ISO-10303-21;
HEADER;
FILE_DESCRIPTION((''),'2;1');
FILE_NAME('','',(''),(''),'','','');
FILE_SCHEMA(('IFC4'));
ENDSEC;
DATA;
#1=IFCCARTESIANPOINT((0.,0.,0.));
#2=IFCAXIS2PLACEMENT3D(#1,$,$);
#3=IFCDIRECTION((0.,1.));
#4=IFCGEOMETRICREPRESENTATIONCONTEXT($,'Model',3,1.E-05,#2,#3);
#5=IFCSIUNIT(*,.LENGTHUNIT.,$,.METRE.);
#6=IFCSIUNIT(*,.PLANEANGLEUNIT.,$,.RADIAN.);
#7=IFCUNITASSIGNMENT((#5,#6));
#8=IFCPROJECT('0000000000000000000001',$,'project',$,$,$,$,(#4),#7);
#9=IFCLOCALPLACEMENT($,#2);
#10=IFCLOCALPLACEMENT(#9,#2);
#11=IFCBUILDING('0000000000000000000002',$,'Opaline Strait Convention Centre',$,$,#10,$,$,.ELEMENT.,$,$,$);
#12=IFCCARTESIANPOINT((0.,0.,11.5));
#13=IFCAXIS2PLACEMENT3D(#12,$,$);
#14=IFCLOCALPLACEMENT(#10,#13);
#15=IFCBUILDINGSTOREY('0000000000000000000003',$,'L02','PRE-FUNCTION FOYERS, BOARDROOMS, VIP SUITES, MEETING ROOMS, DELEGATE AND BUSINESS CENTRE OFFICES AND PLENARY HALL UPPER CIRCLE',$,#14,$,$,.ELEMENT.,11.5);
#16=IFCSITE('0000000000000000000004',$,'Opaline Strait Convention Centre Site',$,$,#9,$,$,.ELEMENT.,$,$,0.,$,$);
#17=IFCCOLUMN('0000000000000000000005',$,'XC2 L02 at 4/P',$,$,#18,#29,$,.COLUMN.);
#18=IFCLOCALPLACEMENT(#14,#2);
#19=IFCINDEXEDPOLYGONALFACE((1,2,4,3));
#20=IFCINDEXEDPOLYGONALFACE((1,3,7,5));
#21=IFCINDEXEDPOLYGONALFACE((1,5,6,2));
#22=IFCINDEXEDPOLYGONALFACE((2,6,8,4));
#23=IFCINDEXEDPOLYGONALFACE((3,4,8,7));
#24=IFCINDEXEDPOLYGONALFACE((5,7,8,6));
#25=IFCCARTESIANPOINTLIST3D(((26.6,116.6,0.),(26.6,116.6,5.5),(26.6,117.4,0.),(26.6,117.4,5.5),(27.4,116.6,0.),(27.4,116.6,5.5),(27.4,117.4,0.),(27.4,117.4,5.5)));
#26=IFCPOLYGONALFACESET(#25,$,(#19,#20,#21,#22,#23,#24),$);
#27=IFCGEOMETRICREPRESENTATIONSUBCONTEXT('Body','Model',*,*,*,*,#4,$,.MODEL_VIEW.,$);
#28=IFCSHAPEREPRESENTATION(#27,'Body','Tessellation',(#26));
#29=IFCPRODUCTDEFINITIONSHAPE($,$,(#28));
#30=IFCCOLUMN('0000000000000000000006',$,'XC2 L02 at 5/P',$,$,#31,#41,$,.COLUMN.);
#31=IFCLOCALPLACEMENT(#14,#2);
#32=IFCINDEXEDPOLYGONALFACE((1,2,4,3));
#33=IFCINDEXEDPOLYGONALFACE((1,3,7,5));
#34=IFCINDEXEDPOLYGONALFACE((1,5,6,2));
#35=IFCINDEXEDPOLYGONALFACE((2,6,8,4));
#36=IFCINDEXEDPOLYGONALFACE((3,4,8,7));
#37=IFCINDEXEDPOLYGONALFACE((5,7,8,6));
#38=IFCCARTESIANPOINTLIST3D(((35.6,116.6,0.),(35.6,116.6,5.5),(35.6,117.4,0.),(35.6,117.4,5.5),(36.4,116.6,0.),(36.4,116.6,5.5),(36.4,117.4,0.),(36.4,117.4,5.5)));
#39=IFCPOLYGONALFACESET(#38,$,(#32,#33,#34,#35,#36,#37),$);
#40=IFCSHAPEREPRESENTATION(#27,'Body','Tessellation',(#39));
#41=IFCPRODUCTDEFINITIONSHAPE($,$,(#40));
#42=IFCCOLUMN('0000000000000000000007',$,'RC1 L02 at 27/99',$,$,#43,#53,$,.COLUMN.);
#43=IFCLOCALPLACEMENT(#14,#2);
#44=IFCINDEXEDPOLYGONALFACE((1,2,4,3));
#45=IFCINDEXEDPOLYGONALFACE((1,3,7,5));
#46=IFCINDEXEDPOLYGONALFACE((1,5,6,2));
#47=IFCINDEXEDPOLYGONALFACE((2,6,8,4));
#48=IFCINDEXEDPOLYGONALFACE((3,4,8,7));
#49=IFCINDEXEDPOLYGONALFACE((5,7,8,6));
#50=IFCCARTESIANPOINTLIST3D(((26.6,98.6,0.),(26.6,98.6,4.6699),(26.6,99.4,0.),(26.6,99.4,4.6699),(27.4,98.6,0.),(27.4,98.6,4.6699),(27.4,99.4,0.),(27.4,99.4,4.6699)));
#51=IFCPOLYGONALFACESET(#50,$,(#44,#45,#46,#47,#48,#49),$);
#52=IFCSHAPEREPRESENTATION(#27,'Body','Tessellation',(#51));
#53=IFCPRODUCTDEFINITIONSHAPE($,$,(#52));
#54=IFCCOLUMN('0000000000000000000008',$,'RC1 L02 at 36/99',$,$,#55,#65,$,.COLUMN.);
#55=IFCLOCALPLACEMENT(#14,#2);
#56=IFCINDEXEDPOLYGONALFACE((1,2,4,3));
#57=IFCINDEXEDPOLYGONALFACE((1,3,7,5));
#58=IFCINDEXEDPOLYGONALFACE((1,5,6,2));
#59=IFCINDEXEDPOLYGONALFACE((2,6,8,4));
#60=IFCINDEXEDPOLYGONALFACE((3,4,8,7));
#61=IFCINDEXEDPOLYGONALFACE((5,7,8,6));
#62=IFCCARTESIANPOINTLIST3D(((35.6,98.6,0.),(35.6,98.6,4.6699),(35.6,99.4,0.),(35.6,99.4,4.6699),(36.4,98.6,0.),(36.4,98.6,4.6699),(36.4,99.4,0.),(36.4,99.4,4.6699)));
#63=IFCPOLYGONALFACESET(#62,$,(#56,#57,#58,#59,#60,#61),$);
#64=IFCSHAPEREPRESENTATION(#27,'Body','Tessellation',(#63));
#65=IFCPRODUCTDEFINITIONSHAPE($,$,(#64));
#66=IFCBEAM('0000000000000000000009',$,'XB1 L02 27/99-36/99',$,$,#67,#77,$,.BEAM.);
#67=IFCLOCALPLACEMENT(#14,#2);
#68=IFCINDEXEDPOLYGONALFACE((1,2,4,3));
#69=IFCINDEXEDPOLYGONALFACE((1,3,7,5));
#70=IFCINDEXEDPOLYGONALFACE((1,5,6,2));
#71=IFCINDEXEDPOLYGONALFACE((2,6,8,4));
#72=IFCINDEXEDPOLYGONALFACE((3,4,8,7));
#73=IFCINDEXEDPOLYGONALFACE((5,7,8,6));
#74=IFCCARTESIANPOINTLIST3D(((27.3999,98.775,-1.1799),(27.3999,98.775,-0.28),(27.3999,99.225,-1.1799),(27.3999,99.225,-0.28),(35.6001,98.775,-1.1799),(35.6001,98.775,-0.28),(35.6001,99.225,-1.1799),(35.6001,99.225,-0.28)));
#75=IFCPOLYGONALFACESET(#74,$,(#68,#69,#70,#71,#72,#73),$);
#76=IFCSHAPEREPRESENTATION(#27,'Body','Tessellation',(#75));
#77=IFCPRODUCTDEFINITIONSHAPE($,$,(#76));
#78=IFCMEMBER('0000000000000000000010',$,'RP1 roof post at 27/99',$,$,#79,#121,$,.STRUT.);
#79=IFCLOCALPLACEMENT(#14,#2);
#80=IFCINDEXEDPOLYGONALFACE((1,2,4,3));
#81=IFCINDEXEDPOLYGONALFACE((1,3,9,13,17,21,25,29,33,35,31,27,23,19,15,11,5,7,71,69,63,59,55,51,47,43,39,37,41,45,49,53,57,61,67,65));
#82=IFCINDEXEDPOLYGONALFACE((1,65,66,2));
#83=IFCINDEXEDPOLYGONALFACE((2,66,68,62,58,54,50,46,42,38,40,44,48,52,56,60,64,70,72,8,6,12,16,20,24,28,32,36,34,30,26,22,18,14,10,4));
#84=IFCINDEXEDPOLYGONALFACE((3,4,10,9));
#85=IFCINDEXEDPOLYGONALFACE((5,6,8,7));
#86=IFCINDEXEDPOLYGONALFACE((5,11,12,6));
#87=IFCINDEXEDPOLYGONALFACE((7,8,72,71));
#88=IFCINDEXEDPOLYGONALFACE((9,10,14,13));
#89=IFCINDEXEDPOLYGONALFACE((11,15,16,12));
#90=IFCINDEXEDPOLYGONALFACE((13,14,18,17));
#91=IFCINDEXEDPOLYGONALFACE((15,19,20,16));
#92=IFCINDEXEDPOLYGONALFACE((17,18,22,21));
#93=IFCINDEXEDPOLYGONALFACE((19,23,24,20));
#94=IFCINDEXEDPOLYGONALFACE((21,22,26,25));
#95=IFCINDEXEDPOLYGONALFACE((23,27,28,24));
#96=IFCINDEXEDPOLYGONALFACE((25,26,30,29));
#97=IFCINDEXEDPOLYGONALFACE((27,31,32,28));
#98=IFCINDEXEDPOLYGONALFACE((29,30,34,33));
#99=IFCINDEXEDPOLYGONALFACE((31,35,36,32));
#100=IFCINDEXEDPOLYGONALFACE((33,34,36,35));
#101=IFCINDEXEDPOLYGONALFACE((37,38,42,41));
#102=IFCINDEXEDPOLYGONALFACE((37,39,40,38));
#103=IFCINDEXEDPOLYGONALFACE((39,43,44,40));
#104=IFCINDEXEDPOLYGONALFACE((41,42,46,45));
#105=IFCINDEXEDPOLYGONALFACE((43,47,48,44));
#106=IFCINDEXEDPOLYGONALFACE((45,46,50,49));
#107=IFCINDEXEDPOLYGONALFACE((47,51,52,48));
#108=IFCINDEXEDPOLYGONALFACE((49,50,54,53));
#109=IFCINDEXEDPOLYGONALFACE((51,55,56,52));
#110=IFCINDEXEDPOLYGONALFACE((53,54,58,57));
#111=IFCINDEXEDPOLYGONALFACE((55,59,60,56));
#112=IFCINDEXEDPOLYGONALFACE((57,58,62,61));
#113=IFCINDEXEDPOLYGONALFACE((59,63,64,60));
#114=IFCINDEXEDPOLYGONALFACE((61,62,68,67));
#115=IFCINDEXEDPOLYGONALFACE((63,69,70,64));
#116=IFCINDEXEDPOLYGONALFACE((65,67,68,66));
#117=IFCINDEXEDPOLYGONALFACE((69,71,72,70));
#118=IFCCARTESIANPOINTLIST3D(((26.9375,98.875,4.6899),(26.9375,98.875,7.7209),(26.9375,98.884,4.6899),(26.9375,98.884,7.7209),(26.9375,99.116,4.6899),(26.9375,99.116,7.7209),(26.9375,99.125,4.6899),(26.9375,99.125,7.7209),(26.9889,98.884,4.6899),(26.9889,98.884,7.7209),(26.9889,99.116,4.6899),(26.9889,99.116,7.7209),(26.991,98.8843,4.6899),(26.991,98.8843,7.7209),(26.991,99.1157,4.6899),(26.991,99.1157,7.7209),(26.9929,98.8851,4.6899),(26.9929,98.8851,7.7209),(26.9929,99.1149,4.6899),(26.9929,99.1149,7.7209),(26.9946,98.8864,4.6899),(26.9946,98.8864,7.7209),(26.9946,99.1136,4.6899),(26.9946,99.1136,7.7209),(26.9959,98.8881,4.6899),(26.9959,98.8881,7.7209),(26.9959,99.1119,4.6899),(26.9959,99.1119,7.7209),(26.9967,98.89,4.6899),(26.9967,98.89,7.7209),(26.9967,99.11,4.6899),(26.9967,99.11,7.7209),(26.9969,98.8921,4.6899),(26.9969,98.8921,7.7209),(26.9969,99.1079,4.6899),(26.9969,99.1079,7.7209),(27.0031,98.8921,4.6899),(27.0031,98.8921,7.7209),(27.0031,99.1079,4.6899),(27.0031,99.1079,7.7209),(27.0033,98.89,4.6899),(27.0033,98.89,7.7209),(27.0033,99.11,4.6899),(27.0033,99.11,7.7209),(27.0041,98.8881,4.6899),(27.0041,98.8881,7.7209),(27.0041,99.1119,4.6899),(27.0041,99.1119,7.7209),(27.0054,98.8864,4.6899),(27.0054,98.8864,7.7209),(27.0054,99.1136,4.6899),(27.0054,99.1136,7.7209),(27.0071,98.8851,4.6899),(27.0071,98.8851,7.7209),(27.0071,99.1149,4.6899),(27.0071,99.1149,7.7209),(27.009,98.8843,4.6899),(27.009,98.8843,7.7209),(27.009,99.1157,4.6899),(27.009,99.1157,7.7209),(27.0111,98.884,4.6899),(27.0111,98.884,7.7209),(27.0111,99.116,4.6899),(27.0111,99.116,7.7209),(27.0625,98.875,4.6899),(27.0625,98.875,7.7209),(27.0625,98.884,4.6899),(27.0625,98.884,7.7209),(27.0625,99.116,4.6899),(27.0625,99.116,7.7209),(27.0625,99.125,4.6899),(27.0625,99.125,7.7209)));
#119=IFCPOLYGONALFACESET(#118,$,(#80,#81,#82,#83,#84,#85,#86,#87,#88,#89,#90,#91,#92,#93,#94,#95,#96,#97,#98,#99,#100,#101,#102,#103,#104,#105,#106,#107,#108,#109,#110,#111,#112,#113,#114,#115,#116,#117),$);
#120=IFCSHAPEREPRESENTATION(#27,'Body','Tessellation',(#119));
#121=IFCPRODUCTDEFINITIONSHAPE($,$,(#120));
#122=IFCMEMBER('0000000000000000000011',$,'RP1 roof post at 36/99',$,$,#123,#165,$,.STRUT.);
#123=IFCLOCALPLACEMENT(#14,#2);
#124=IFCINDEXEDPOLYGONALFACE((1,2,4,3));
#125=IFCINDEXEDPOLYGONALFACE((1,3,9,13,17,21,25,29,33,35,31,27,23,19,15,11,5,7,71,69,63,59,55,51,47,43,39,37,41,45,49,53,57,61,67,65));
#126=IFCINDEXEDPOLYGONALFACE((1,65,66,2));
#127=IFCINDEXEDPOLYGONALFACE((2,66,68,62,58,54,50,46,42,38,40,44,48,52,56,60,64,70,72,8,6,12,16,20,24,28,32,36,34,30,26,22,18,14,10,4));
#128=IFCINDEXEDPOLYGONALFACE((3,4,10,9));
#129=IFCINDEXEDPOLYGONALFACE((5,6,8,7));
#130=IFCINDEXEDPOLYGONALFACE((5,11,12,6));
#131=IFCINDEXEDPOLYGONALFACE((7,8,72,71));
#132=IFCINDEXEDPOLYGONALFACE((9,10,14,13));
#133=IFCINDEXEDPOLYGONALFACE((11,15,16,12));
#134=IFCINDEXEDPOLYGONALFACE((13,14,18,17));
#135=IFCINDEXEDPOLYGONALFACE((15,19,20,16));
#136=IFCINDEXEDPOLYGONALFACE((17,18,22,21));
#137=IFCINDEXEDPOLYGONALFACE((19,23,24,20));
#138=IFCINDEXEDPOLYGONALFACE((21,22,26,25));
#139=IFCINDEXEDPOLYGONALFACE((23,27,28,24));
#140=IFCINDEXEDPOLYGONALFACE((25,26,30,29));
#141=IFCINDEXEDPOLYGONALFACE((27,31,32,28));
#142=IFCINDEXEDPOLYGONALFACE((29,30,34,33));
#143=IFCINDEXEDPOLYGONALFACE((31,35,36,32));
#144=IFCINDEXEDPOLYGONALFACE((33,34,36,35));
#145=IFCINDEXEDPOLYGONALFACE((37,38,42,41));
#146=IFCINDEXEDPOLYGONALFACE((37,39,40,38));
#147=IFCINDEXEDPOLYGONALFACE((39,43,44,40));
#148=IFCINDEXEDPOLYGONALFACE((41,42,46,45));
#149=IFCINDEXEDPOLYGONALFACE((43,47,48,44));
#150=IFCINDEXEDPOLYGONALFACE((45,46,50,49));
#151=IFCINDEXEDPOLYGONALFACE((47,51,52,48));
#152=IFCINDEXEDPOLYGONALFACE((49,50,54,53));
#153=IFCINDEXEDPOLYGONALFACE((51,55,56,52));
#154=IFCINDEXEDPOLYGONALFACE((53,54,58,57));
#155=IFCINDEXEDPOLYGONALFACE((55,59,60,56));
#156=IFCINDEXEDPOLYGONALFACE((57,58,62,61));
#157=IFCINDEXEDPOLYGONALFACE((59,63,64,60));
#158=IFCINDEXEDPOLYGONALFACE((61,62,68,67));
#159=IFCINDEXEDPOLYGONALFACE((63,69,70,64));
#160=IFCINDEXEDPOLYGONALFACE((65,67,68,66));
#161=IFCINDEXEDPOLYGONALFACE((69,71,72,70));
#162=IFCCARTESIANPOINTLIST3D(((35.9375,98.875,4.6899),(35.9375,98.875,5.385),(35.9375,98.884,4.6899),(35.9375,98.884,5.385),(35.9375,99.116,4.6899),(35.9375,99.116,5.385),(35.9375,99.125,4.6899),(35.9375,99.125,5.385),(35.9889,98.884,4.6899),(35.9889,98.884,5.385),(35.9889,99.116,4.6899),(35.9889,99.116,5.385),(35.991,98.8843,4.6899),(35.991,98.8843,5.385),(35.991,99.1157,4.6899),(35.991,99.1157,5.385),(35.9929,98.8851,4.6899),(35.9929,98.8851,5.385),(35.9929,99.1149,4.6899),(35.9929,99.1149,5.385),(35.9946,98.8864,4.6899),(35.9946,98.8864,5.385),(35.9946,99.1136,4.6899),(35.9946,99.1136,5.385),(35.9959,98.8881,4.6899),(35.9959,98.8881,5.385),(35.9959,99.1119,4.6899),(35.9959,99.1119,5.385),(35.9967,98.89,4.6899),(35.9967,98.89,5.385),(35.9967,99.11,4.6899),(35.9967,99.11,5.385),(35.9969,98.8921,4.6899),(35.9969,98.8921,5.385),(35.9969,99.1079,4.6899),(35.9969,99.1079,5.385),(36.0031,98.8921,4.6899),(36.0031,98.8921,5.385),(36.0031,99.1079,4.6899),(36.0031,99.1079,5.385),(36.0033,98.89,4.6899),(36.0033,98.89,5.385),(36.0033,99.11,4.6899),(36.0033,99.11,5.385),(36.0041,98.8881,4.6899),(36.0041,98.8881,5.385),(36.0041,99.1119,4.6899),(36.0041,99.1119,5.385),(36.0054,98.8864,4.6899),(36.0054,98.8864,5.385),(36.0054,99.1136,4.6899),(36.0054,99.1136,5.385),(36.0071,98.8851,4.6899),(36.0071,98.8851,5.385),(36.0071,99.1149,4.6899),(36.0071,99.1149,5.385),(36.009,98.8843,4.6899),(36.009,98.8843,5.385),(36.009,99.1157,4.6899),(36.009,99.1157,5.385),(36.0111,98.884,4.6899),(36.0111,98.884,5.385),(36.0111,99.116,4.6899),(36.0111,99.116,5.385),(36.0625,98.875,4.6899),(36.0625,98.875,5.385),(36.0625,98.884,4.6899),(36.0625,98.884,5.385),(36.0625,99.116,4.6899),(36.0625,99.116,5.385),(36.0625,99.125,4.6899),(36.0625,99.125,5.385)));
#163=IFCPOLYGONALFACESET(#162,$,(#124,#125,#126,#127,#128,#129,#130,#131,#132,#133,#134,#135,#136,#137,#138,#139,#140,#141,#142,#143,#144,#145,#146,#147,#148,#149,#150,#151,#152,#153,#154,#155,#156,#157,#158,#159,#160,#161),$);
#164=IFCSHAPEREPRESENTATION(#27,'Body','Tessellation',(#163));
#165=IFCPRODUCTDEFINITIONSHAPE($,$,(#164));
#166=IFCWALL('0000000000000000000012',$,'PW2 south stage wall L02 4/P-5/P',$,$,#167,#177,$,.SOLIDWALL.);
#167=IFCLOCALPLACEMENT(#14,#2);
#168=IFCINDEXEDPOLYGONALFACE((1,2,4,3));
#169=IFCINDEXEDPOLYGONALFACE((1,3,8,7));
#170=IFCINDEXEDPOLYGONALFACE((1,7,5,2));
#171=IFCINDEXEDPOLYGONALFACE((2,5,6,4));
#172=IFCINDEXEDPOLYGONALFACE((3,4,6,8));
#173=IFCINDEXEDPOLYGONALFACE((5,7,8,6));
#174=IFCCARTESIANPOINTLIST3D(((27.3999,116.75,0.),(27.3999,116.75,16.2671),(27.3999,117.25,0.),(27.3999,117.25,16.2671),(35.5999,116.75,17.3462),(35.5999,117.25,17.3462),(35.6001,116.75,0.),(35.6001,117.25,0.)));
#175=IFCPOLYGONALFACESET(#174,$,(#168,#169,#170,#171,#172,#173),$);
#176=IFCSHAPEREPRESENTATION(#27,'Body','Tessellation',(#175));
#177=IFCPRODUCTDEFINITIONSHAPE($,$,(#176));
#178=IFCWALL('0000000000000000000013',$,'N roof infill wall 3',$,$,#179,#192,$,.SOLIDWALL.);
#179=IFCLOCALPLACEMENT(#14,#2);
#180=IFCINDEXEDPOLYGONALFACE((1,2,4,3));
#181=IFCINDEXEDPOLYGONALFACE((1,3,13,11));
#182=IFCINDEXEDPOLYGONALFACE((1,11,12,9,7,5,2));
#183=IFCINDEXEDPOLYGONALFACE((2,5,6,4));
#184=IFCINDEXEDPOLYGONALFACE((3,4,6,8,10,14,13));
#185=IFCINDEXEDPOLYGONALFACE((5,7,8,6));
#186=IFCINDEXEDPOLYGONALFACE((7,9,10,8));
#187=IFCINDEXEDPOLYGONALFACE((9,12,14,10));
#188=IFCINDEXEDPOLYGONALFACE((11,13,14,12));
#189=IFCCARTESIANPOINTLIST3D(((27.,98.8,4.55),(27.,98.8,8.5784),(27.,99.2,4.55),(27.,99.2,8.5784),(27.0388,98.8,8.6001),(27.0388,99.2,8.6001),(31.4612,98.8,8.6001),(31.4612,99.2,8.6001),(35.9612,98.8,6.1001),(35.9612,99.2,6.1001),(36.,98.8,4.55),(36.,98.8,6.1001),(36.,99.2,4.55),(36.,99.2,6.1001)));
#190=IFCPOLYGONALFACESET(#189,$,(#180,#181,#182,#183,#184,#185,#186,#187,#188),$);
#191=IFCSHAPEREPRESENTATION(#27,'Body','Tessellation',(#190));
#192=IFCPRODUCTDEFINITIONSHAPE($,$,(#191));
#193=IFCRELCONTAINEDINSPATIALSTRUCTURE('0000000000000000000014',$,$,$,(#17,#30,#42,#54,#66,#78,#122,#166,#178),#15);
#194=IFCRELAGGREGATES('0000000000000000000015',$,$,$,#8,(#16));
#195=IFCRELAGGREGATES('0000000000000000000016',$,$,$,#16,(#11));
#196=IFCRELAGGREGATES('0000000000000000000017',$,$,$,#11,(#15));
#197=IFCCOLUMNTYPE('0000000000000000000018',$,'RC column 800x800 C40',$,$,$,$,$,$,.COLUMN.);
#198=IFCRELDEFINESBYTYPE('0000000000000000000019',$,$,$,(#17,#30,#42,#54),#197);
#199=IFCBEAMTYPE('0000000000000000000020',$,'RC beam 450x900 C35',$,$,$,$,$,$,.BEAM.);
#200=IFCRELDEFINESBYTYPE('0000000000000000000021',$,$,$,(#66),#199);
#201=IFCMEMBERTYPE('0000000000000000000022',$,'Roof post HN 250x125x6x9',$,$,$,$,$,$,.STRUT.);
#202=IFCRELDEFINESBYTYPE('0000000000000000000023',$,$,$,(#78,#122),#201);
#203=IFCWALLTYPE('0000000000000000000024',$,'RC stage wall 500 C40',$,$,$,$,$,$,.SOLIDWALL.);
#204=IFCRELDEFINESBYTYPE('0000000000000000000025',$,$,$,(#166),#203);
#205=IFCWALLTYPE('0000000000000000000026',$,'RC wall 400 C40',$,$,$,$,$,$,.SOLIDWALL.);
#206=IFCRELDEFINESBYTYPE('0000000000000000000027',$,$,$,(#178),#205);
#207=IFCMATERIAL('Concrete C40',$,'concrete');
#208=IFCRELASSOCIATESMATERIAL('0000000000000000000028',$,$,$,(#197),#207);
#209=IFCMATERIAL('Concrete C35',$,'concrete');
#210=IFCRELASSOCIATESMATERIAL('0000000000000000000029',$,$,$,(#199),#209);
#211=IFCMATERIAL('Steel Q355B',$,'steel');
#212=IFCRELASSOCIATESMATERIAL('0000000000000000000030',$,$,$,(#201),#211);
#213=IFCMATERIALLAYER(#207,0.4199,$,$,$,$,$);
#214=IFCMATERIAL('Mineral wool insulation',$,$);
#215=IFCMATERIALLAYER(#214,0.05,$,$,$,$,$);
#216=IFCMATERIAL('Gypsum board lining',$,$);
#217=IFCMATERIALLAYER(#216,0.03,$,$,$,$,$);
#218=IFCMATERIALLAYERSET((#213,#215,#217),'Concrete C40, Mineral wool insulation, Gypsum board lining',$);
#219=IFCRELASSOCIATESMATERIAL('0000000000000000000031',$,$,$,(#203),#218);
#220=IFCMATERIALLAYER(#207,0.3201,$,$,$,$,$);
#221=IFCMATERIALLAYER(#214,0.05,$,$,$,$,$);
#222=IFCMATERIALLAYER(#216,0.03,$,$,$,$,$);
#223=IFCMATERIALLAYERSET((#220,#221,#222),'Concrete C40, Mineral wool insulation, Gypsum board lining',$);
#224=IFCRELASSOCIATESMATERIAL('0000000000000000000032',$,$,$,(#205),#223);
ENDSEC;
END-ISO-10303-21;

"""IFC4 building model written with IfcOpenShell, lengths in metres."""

from ifc_helpers import new_model, si_unit, direction, frame, origin, origin_2d, place, context, subcontext, project, spatial, polyline, rectangle, i_section, outline, extrude, material, layer, layer_set, material_profile, profile_set, type_object, element, save


model = new_model("IFC4")

# Units and contexts
model_context = context("Model", 3, precision=1e-05, world=origin(), true_north=direction((0.0, 1.0)))
body_context = subcontext(model_context, "Body", "Model", "MODEL_VIEW")
ifc_project = project(units=[si_unit("LENGTHUNIT", "METRE"), si_unit("PLANEANGLEUNIT", "RADIAN")], contexts=[model_context])

# Site, building, storey
site_placement = place(None, origin())
site = spatial("IfcSite", under=ifc_project, at=site_placement, Name="Opaline Strait Convention Centre Site", CompositionType="ELEMENT", RefElevation=0.0)
building_placement = place(site_placement, origin())
building = spatial("IfcBuilding", under=site, at=building_placement, Name="Opaline Strait Convention Centre", CompositionType="ELEMENT")
storey_placement = place(building_placement, frame((0.0, 0.0, 11.5)))
storey = spatial("IfcBuildingStorey", under=building, at=storey_placement, Name="L02", Description="PRE-FUNCTION FOYERS, BOARDROOMS, VIP SUITES, MEETING ROOMS, DELEGATE AND BUSINESS CENTRE OFFICES AND PLENARY HALL UPPER CIRCLE", CompositionType="ELEMENT", Elevation=11.5)

# Columns
ifc_material_1 = material(Name="Concrete C40", Category="concrete")
ifc_material_profile_1 = material_profile(ifc_material_1, rectangle(XDim=0.8, YDim=0.8, at=origin_2d()), Name="RC 800x800")
ifc_profile_set_1 = profile_set([ifc_material_profile_1], Name="Concrete C40")
column_type = type_object("IfcColumnType", Name="RC column 800x800 C40", PredefinedType="COLUMN", material=ifc_profile_set_1)
for number, where, z_axis, x_axis, name in (
    (1, (27.0, 117.0, 0.0), (0.0, 0.0, 1.0), (1.0, 0.0, 0.0), "XC2 L02 at 4/P"),
    (2, (36.0, 117.0, 0.0), (0.0, 0.0, 1.0), (1.0, 0.0, 0.0), "XC2 L02 at 5/P"),
):
    element("IfcColumn", number, at=place(storey_placement, frame(where, z_axis=z_axis, x_axis=x_axis)), inside=storey, type_object=column_type, Name=name, PredefinedType="COLUMN", context=body_context, shape_type="SweptSolid", body=[
        extrude(rectangle(XDim=0.8, YDim=0.8, at=origin_2d()), origin(), (0.0, 0.0, 1.0), 5.5),
    ])
for number, where, z_axis, x_axis, name in (
    (3, (27.0, 99.0, 0.0), (0.0, 0.0, 1.0), (1.0, 0.0, 0.0), "RC1 L02 at 27/99"),
    (4, (36.0, 99.0, 0.0), (0.0, 0.0, 1.0), (1.0, 0.0, 0.0), "RC1 L02 at 36/99"),
):
    element("IfcColumn", number, at=place(storey_placement, frame(where, z_axis=z_axis, x_axis=x_axis)), inside=storey, type_object=column_type, Name=name, PredefinedType="COLUMN", context=body_context, shape_type="SweptSolid", body=[
        extrude(rectangle(XDim=0.8, YDim=0.8, at=origin_2d()), origin(), (0.0, 0.0, 1.0), 4.6699),
    ])

# Beam
ifc_material_2 = material(Name="Concrete C35", Category="concrete")
ifc_material_profile_2 = material_profile(ifc_material_2, rectangle(XDim=0.45, YDim=0.8999, at=origin_2d()), Name="RC 450x900")
ifc_profile_set_2 = profile_set([ifc_material_profile_2], Name="Concrete C35")
beam_type = type_object("IfcBeamType", Name="RC beam 450x900 C35", PredefinedType="BEAM", material=ifc_profile_set_2)
beam_placement = place(storey_placement, frame((27.3999, 99.0, -0.73), z_axis=(1.0, 0.0, 0.0), x_axis=(0.0, 1.0, 0.0)))
element("IfcBeam", 5, at=beam_placement, inside=storey, type_object=beam_type, Name="XB1 L02 27/99-36/99", PredefinedType="BEAM", context=body_context, shape_type="SweptSolid", body=[
    extrude(rectangle(XDim=0.45, YDim=0.8999, at=origin_2d()), origin(), (0.0, 0.0, 1.0), 8.2002),
])

# Members
ifc_material_3 = material(Name="Steel Q355B", Category="steel")
ifc_material_profile_3 = material_profile(ifc_material_3, i_section(OverallWidth=0.125, OverallDepth=0.25, WebThickness=0.0061, FlangeThickness=0.009, FilletRadius=0.0081, at=origin_2d()), Name="HN 250x125x6x9")
ifc_profile_set_3 = profile_set([ifc_material_profile_3], Name="Steel Q355B")
member_type = type_object("IfcMemberType", Name="Roof post HN 250x125x6x9", PredefinedType="STRUT", material=ifc_profile_set_3)
member_1_placement = place(storey_placement, frame((27.0, 99.0, 4.6899), z_axis=(0.0, 0.0, 1.0), x_axis=(1.0, 0.0, 0.0)))
element("IfcMember", 6, at=member_1_placement, inside=storey, type_object=member_type, Name="RP1 roof post at 27/99", PredefinedType="STRUT", context=body_context, shape_type="SweptSolid", body=[
    extrude(i_section(OverallWidth=0.125, OverallDepth=0.25, WebThickness=0.0061, FlangeThickness=0.009, FilletRadius=0.0081, at=origin_2d()), origin(), (0.0, 0.0, 1.0), 3.031),
])
member_2_placement = place(storey_placement, frame((36.0, 99.0, 4.6899), z_axis=(0.0, 0.0, 1.0), x_axis=(1.0, 0.0, 0.0)))
element("IfcMember", 7, at=member_2_placement, inside=storey, type_object=member_type, Name="RP1 roof post at 36/99", PredefinedType="STRUT", context=body_context, shape_type="SweptSolid", body=[
    extrude(i_section(OverallWidth=0.125, OverallDepth=0.25, WebThickness=0.0061, FlangeThickness=0.009, FilletRadius=0.0081, at=origin_2d()), origin(), (0.0, 0.0, 1.0), 0.6951),
])

# Walls
ifc_layer_1 = layer(ifc_material_1, 0.4199)
ifc_material_4 = material(Name="Mineral wool insulation")
ifc_layer_2 = layer(ifc_material_4, 0.05)
ifc_material_5 = material(Name="Gypsum board lining")
ifc_layer_3 = layer(ifc_material_5, 0.03)
ifc_layer_set_1 = layer_set([ifc_layer_1, ifc_layer_2, ifc_layer_3], Name="Concrete C40, Mineral wool insulation, Gypsum board lining")
wall_type_1 = type_object("IfcWallType", Name="RC stage wall 500 C40", PredefinedType="SOLIDWALL", material=ifc_layer_set_1)
wall_1_placement = place(storey_placement, frame((27.3999, 117.0, 0.0), z_axis=(0.0, 0.0, 1.0), x_axis=(1.0, 0.0, 0.0)))
element("IfcWall", 8, at=wall_1_placement, inside=storey, type_object=wall_type_1, Name="PW2 south stage wall L02 4/P-5/P", PredefinedType="SOLIDWALL", context=body_context, shape_type="SweptSolid", body=[
    extrude(outline(polyline([(0.0, 0.0), (8.2002, 0.0), (8.2, 17.3462), (0.0, 16.2671), (0.0, 0.0)])), frame((0.0, 0.25, 0.0), z_axis=(0.0, -1.0, 0.0), x_axis=(1.0, 0.0, 0.0)), (0.0, 0.0, 1.0), 0.5),
])
ifc_layer_4 = layer(ifc_material_1, 0.3201)
ifc_layer_5 = layer(ifc_material_4, 0.05)
ifc_layer_6 = layer(ifc_material_5, 0.03)
ifc_layer_set_2 = layer_set([ifc_layer_4, ifc_layer_5, ifc_layer_6], Name="Concrete C40, Mineral wool insulation, Gypsum board lining")
wall_type_2 = type_object("IfcWallType", Name="RC wall 400 C40", PredefinedType="SOLIDWALL", material=ifc_layer_set_2)
wall_2_placement = place(storey_placement, frame((27.0, 99.0, 4.55), z_axis=(0.0, 0.0, 1.0), x_axis=(1.0, 0.0, 0.0)))
element("IfcWall", 9, at=wall_2_placement, inside=storey, type_object=wall_type_2, Name="N roof infill wall 3", PredefinedType="SOLIDWALL", context=body_context, shape_type="SweptSolid", body=[
    extrude(outline(polyline([(0.0, 0.0), (9.0, 0.0), (9.0, 1.55), (8.9612, 1.55), (4.4612, 4.05), (0.0388, 4.05), (0.0, 4.0283), (0.0, 0.0)])), frame((0.0, 0.2, 0.0), z_axis=(0.0, -1.0, 0.0), x_axis=(1.0, 0.0, 0.0)), (0.0, 0.0, 1.0), 0.3999),
])

save(model, "model.ifc")
